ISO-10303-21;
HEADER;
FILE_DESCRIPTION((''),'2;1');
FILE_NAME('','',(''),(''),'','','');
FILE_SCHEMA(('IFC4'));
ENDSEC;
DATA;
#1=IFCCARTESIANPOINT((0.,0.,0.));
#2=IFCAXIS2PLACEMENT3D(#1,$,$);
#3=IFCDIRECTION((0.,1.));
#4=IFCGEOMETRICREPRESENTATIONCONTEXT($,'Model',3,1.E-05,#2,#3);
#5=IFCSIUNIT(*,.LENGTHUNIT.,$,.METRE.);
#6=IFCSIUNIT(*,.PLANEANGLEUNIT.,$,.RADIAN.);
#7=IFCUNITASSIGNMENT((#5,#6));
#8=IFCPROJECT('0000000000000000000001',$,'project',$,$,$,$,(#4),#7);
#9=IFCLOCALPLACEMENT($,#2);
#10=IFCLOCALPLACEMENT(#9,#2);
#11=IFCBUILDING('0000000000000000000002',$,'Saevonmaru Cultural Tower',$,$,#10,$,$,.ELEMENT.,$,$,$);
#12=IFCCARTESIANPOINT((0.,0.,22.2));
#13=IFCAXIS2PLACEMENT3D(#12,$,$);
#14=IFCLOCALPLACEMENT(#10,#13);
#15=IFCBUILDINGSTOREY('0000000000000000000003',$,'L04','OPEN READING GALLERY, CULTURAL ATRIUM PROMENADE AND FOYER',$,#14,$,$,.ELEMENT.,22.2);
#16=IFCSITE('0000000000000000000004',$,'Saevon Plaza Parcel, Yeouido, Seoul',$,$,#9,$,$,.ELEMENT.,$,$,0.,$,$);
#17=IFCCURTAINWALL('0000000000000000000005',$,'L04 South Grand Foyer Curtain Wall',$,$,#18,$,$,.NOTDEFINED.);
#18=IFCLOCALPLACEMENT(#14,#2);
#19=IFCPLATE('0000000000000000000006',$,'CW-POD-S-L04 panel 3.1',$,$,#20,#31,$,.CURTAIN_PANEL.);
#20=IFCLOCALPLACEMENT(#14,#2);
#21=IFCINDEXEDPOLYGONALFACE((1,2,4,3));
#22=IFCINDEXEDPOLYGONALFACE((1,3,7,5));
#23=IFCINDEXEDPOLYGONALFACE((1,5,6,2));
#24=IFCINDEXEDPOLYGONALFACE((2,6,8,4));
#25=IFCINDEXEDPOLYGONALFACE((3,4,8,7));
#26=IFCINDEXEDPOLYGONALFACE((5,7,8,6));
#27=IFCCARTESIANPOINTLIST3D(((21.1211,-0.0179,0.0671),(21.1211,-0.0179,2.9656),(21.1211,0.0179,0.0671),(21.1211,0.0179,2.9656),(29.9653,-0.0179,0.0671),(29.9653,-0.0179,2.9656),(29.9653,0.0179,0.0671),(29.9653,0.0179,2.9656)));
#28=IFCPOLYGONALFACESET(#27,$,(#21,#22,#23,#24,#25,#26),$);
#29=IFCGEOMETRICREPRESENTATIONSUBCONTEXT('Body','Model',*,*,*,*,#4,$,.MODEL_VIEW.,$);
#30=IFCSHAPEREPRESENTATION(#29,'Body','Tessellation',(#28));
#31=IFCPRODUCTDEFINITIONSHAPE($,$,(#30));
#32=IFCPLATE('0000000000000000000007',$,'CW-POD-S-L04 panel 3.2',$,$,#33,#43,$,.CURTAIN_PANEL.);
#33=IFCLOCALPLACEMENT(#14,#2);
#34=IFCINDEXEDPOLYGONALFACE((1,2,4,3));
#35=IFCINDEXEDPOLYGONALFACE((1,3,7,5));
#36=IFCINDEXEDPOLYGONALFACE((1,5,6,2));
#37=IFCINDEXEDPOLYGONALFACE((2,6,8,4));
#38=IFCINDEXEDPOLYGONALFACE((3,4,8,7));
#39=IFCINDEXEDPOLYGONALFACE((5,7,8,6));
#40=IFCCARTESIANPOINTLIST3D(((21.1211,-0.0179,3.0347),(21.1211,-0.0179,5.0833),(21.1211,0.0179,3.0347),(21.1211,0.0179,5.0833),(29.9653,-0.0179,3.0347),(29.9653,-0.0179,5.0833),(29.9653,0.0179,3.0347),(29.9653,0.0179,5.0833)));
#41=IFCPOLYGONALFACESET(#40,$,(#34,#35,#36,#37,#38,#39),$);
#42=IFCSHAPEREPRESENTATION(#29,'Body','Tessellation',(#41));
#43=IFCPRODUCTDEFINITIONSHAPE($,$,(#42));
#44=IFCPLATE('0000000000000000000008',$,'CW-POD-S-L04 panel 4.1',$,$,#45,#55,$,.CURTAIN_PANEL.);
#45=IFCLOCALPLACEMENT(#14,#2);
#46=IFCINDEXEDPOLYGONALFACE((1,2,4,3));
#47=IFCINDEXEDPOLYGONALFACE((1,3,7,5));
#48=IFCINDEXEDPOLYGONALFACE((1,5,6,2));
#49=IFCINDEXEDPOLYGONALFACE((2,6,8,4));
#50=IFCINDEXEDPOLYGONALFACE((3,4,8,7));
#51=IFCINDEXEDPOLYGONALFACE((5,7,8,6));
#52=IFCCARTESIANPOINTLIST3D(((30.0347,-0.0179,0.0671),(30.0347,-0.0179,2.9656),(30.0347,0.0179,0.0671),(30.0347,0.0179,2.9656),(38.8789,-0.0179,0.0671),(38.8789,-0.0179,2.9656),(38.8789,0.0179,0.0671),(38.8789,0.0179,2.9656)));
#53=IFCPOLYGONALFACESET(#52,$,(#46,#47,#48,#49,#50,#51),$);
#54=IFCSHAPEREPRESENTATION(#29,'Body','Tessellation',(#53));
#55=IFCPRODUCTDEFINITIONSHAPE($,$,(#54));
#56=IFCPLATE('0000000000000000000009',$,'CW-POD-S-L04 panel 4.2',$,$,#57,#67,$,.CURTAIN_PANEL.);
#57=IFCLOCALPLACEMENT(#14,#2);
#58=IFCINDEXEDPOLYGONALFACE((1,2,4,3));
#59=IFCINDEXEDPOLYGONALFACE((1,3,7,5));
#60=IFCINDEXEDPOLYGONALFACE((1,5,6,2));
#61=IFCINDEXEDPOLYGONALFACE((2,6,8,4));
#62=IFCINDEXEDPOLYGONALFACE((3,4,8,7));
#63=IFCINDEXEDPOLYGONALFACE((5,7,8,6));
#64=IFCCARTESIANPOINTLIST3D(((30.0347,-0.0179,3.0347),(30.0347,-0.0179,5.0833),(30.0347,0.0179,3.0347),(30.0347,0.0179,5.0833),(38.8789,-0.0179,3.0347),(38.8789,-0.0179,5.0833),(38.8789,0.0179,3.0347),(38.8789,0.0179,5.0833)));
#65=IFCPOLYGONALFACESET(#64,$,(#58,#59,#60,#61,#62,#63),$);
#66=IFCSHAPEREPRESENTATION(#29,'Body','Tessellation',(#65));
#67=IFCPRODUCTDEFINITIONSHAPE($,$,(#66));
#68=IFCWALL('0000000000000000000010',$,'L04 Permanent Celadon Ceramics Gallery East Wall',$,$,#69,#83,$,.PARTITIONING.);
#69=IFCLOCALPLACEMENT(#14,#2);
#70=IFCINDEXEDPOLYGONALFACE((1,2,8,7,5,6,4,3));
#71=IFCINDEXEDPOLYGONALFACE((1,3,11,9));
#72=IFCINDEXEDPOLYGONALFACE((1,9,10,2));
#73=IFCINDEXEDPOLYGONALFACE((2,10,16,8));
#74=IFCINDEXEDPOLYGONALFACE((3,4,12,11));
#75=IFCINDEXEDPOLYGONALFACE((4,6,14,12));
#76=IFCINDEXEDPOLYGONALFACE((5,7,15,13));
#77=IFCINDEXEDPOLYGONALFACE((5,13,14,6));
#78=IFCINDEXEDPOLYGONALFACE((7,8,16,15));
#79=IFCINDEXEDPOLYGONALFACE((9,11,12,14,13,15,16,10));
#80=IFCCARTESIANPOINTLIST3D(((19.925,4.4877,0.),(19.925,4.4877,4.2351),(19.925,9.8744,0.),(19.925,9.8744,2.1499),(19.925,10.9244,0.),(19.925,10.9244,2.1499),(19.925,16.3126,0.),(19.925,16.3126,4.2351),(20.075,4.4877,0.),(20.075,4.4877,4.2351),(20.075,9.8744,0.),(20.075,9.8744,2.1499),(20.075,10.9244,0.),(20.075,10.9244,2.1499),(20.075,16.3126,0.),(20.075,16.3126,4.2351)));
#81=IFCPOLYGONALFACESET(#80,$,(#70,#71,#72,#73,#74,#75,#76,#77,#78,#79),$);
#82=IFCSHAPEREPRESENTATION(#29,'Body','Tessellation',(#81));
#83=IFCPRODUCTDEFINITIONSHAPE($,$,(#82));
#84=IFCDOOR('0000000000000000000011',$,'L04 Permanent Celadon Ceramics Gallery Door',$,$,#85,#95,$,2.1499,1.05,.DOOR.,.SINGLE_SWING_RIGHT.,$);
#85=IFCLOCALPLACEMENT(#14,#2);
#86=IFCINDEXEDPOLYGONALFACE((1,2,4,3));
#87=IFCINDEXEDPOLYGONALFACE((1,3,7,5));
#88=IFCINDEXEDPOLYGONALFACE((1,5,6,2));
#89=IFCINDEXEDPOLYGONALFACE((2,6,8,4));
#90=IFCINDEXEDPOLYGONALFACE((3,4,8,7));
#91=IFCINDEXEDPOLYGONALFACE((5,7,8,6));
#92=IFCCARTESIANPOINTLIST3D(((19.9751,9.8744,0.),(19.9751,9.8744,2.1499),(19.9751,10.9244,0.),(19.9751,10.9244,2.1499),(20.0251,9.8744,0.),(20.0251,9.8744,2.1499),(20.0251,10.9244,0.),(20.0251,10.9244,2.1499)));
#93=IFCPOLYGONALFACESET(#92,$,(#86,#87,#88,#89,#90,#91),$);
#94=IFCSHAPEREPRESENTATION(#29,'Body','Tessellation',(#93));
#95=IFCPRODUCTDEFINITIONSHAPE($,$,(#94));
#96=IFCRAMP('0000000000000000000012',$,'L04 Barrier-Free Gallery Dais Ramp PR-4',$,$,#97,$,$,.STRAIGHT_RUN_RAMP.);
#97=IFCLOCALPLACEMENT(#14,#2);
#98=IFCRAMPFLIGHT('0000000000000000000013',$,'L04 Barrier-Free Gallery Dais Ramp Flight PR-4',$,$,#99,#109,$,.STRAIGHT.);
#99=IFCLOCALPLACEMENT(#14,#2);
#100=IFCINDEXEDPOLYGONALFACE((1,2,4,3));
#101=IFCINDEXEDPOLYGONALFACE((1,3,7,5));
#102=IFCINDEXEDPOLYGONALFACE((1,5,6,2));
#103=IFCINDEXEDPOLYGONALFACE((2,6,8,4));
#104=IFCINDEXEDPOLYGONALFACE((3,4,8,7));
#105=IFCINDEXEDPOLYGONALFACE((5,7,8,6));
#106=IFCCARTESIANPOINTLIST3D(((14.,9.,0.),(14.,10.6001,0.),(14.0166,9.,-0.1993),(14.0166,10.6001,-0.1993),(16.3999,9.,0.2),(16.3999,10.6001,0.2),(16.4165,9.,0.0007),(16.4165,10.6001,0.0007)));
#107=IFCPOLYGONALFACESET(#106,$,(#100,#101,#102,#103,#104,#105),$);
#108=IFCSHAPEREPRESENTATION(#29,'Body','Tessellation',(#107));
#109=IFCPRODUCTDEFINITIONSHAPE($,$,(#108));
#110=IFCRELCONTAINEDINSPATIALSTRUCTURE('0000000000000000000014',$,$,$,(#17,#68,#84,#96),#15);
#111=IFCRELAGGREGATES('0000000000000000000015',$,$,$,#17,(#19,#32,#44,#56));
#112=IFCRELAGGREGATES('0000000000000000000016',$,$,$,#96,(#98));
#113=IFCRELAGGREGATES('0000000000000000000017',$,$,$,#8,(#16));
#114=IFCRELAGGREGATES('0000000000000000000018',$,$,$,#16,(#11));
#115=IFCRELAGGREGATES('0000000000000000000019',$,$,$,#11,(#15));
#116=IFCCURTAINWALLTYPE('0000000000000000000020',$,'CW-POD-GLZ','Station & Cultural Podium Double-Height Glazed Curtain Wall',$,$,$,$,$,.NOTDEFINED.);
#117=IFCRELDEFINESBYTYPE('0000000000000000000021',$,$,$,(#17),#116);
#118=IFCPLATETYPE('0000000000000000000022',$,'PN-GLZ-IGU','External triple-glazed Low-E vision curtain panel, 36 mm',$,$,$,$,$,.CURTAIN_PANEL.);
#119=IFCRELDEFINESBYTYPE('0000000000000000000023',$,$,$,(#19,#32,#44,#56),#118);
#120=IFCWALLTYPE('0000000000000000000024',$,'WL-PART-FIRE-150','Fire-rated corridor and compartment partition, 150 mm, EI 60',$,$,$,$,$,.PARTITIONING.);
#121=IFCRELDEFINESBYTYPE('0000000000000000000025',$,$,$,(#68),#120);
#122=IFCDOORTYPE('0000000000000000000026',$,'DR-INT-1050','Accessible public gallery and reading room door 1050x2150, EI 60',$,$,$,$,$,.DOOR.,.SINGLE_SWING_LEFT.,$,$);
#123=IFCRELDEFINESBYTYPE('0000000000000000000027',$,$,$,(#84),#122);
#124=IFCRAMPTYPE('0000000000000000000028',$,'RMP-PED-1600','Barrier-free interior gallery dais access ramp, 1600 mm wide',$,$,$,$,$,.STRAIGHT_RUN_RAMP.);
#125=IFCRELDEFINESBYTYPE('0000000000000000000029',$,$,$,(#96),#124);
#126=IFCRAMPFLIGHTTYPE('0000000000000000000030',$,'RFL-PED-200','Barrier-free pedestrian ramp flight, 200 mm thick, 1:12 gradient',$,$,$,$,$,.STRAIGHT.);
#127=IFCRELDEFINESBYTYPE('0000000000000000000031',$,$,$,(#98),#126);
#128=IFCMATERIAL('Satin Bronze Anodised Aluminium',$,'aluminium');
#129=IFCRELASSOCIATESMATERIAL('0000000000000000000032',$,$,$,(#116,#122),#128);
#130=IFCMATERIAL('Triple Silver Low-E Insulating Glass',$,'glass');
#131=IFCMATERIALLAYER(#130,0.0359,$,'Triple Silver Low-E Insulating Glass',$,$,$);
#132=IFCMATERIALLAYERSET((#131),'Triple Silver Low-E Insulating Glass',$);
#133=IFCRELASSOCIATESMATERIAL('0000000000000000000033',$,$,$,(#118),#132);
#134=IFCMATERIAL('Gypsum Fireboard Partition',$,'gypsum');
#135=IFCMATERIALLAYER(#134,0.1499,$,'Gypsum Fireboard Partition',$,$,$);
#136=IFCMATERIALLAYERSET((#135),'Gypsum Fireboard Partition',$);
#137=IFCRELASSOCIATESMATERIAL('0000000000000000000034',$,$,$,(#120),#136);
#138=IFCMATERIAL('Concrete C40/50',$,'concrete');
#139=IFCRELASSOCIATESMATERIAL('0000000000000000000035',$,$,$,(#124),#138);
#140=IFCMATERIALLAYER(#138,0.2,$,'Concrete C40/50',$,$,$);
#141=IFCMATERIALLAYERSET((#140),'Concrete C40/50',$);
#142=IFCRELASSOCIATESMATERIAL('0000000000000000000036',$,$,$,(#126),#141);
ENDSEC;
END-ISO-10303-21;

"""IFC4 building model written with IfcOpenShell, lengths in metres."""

from ifc_helpers import new_model, si_unit, direction, frame, frame_2d, origin, origin_2d, place, context, subcontext, project, spatial, polyline, rectangle, outline, extrude, material, layer, layer_set, type_object, element, fill, aggregate, save


model = new_model("IFC4")

# Units and contexts
model_context = context("Model", 3, precision=1e-05, world=origin(), true_north=direction((0.0, 1.0)))
body_context = subcontext(model_context, "Body", "Model", "MODEL_VIEW")
ifc_project = project(units=[si_unit("LENGTHUNIT", "METRE"), si_unit("PLANEANGLEUNIT", "RADIAN")], contexts=[model_context])

# Site, building, storey
site_placement = place(None, origin())
site = spatial("IfcSite", under=ifc_project, at=site_placement, Name="Saevon Plaza Parcel, Yeouido, Seoul", CompositionType="ELEMENT", RefElevation=0.0)
building_placement = place(site_placement, origin())
building = spatial("IfcBuilding", under=site, at=building_placement, Name="Saevonmaru Cultural Tower", CompositionType="ELEMENT")
storey_placement = place(building_placement, frame((0.0, 0.0, 22.2)))
storey = spatial("IfcBuildingStorey", under=building, at=storey_placement, Name="L04", Description="OPEN READING GALLERY, CULTURAL ATRIUM PROMENADE AND FOYER", CompositionType="ELEMENT", Elevation=22.2)

# Curtain wall, plates
ifc_material_1 = material(Name="Satin Bronze Anodised Aluminium", Category="aluminium")
curtain_wall_type = type_object("IfcCurtainWallType", Name="CW-POD-GLZ", Description="Station & Cultural Podium Double-Height Glazed Curtain Wall", PredefinedType="NOTDEFINED", material=ifc_material_1)
curtain_wall_placement = place(storey_placement, origin())
curtain_wall = element("IfcCurtainWall", 1, at=curtain_wall_placement, inside=storey, type_object=curtain_wall_type, Name="L04 South Grand Foyer Curtain Wall", PredefinedType="NOTDEFINED")
ifc_material_2 = material(Name="Triple Silver Low-E Insulating Glass", Category="glass")
ifc_layer_1 = layer(ifc_material_2, 0.0359, Name="Triple Silver Low-E Insulating Glass")
ifc_layer_set_1 = layer_set([ifc_layer_1], Name="Triple Silver Low-E Insulating Glass")
plate_type = type_object("IfcPlateType", Name="PN-GLZ-IGU", Description="External triple-glazed Low-E vision curtain panel, 36 mm", PredefinedType="CURTAIN_PANEL", material=ifc_layer_set_1)
plate_1_placement = place(storey_placement, frame((25.5432, 0.0, 0.0671), z_axis=(0.0, 0.0, 1.0), x_axis=(1.0, 0.0, 0.0)))
plate_1 = element("IfcPlate", 2, at=plate_1_placement, type_object=plate_type, Name="CW-POD-S-L04 panel 3.1", PredefinedType="CURTAIN_PANEL", context=body_context, shape_type="SweptSolid", body=[
    extrude(rectangle(XDim=8.8442, YDim=0.0359, at=origin_2d()), origin(), (0.0, 0.0, 1.0), 2.8984),
])
plate_2_placement = place(storey_placement, frame((25.5432, 0.0, 3.0347), z_axis=(0.0, 0.0, 1.0), x_axis=(1.0, 0.0, 0.0)))
plate_2 = element("IfcPlate", 3, at=plate_2_placement, type_object=plate_type, Name="CW-POD-S-L04 panel 3.2", PredefinedType="CURTAIN_PANEL", context=body_context, shape_type="SweptSolid", body=[
    extrude(rectangle(XDim=8.8442, YDim=0.0359, at=origin_2d()), origin(), (0.0, 0.0, 1.0), 2.0486),
])
plate_3_placement = place(storey_placement, frame((34.4568, 0.0, 0.0671), z_axis=(0.0, 0.0, 1.0), x_axis=(1.0, 0.0, 0.0)))
plate_3 = element("IfcPlate", 4, at=plate_3_placement, type_object=plate_type, Name="CW-POD-S-L04 panel 4.1", PredefinedType="CURTAIN_PANEL", context=body_context, shape_type="SweptSolid", body=[
    extrude(rectangle(XDim=8.8442, YDim=0.0359, at=origin_2d()), origin(), (0.0, 0.0, 1.0), 2.8984),
])
plate_4_placement = place(storey_placement, frame((34.4568, 0.0, 3.0347), z_axis=(0.0, 0.0, 1.0), x_axis=(1.0, 0.0, 0.0)))
plate_4 = element("IfcPlate", 5, at=plate_4_placement, type_object=plate_type, Name="CW-POD-S-L04 panel 4.2", PredefinedType="CURTAIN_PANEL", context=body_context, shape_type="SweptSolid", body=[
    extrude(rectangle(XDim=8.8442, YDim=0.0359, at=origin_2d()), origin(), (0.0, 0.0, 1.0), 2.0486),
])
aggregate(curtain_wall, [plate_1, plate_2, plate_3, plate_4])

# Wall, opening, door
ifc_material_3 = material(Name="Gypsum Fireboard Partition", Category="gypsum")
ifc_layer_2 = layer(ifc_material_3, 0.1499, Name="Gypsum Fireboard Partition")
ifc_layer_set_2 = layer_set([ifc_layer_2], Name="Gypsum Fireboard Partition")
wall_type = type_object("IfcWallType", Name="WL-PART-FIRE-150", Description="Fire-rated corridor and compartment partition, 150 mm, EI 60", PredefinedType="PARTITIONING", material=ifc_layer_set_2)
wall_placement = place(storey_placement, frame((20.0, 4.4875, 0.0), z_axis=(0.0, 0.0, 1.0), x_axis=(0.0, 1.0, 0.0)))
wall = element("IfcWall", 6, at=wall_placement, inside=storey, type_object=wall_type, Name="L04 Permanent Celadon Ceramics Gallery East Wall", PredefinedType="PARTITIONING", context=body_context, shape_type="SweptSolid", body=[
    extrude(rectangle(XDim=11.825, YDim=0.1499, at=frame_2d((5.9126, 0.0))), origin(), (0.0, 0.0, 1.0), 4.2351),
])
opening_placement = place(wall_placement, frame((5.387, 0.0, 0.0)))
opening = element("IfcOpeningElement", 7, at=opening_placement, cuts=wall, PredefinedType="OPENING", context=body_context, shape_type="SweptSolid", body=[
    extrude(rectangle(XDim=1.05, YDim=2.1499, at=frame_2d((0.5249, 1.075))), frame((0.0, 0.085, 0.0), z_axis=(0.0, -1.0, 0.0), x_axis=(1.0, 0.0, 0.0)), (0.0, 0.0, 1.0), 0.1699),
])
door_type = type_object("IfcDoorType", Name="DR-INT-1050", Description="Accessible public gallery and reading room door 1050x2150, EI 60", OperationType="SINGLE_SWING_LEFT", PredefinedType="DOOR", material=ifc_material_1)
door_placement = place(opening_placement, origin())
door = element("IfcDoor", 8, at=door_placement, inside=storey, type_object=door_type, Name="L04 Permanent Celadon Ceramics Gallery Door", OperationType="SINGLE_SWING_RIGHT", OverallHeight=2.1499, OverallWidth=1.05, PredefinedType="DOOR", context=body_context, shape_type="SweptSolid", body=[
    extrude(rectangle(XDim=1.05, YDim=2.1499, at=frame_2d((0.5249, 1.075))), frame((0.0, 0.0249, 0.0), z_axis=(0.0, -1.0, 0.0), x_axis=(1.0, 0.0, 0.0)), (0.0, 0.0, 1.0), 0.05),
])
fill(opening, door)

# Ramp, ramp flight
ifc_material_4 = material(Name="Concrete C40/50", Category="concrete")
ramp_type = type_object("IfcRampType", Name="RMP-PED-1600", Description="Barrier-free interior gallery dais access ramp, 1600 mm wide", PredefinedType="STRAIGHT_RUN_RAMP", material=ifc_material_4)
ramp_placement = place(storey_placement, origin())
ramp = element("IfcRamp", 9, at=ramp_placement, inside=storey, type_object=ramp_type, Name="L04 Barrier-Free Gallery Dais Ramp PR-4", PredefinedType="STRAIGHT_RUN_RAMP")
ifc_layer_3 = layer(ifc_material_4, 0.2, Name="Concrete C40/50")
ifc_layer_set_3 = layer_set([ifc_layer_3], Name="Concrete C40/50")
ramp_flight_type = type_object("IfcRampFlightType", Name="RFL-PED-200", Description="Barrier-free pedestrian ramp flight, 200 mm thick, 1:12 gradient", PredefinedType="STRAIGHT", material=ifc_layer_set_3)
ramp_flight_placement = place(storey_placement, frame((14.0, 9.0, 0.0), z_axis=(-0.083029, 0.0, 0.996547), x_axis=(0.996547, 0.0, 0.083029)))
ramp_flight = element("IfcRampFlight", 10, at=ramp_flight_placement, type_object=ramp_flight_type, Name="L04 Barrier-Free Gallery Dais Ramp Flight PR-4", PredefinedType="STRAIGHT", context=body_context, shape_type="SweptSolid", body=[
    extrude(outline(polyline([(0.0, 0.0), (2.4082, 0.0), (2.4082, 1.6001), (0.0, 1.6001), (0.0, 0.0)])), origin(), (0.0, 0.0, -1.0), 0.2),
])
aggregate(ramp, [ramp_flight])

save(model, "model.ifc")
